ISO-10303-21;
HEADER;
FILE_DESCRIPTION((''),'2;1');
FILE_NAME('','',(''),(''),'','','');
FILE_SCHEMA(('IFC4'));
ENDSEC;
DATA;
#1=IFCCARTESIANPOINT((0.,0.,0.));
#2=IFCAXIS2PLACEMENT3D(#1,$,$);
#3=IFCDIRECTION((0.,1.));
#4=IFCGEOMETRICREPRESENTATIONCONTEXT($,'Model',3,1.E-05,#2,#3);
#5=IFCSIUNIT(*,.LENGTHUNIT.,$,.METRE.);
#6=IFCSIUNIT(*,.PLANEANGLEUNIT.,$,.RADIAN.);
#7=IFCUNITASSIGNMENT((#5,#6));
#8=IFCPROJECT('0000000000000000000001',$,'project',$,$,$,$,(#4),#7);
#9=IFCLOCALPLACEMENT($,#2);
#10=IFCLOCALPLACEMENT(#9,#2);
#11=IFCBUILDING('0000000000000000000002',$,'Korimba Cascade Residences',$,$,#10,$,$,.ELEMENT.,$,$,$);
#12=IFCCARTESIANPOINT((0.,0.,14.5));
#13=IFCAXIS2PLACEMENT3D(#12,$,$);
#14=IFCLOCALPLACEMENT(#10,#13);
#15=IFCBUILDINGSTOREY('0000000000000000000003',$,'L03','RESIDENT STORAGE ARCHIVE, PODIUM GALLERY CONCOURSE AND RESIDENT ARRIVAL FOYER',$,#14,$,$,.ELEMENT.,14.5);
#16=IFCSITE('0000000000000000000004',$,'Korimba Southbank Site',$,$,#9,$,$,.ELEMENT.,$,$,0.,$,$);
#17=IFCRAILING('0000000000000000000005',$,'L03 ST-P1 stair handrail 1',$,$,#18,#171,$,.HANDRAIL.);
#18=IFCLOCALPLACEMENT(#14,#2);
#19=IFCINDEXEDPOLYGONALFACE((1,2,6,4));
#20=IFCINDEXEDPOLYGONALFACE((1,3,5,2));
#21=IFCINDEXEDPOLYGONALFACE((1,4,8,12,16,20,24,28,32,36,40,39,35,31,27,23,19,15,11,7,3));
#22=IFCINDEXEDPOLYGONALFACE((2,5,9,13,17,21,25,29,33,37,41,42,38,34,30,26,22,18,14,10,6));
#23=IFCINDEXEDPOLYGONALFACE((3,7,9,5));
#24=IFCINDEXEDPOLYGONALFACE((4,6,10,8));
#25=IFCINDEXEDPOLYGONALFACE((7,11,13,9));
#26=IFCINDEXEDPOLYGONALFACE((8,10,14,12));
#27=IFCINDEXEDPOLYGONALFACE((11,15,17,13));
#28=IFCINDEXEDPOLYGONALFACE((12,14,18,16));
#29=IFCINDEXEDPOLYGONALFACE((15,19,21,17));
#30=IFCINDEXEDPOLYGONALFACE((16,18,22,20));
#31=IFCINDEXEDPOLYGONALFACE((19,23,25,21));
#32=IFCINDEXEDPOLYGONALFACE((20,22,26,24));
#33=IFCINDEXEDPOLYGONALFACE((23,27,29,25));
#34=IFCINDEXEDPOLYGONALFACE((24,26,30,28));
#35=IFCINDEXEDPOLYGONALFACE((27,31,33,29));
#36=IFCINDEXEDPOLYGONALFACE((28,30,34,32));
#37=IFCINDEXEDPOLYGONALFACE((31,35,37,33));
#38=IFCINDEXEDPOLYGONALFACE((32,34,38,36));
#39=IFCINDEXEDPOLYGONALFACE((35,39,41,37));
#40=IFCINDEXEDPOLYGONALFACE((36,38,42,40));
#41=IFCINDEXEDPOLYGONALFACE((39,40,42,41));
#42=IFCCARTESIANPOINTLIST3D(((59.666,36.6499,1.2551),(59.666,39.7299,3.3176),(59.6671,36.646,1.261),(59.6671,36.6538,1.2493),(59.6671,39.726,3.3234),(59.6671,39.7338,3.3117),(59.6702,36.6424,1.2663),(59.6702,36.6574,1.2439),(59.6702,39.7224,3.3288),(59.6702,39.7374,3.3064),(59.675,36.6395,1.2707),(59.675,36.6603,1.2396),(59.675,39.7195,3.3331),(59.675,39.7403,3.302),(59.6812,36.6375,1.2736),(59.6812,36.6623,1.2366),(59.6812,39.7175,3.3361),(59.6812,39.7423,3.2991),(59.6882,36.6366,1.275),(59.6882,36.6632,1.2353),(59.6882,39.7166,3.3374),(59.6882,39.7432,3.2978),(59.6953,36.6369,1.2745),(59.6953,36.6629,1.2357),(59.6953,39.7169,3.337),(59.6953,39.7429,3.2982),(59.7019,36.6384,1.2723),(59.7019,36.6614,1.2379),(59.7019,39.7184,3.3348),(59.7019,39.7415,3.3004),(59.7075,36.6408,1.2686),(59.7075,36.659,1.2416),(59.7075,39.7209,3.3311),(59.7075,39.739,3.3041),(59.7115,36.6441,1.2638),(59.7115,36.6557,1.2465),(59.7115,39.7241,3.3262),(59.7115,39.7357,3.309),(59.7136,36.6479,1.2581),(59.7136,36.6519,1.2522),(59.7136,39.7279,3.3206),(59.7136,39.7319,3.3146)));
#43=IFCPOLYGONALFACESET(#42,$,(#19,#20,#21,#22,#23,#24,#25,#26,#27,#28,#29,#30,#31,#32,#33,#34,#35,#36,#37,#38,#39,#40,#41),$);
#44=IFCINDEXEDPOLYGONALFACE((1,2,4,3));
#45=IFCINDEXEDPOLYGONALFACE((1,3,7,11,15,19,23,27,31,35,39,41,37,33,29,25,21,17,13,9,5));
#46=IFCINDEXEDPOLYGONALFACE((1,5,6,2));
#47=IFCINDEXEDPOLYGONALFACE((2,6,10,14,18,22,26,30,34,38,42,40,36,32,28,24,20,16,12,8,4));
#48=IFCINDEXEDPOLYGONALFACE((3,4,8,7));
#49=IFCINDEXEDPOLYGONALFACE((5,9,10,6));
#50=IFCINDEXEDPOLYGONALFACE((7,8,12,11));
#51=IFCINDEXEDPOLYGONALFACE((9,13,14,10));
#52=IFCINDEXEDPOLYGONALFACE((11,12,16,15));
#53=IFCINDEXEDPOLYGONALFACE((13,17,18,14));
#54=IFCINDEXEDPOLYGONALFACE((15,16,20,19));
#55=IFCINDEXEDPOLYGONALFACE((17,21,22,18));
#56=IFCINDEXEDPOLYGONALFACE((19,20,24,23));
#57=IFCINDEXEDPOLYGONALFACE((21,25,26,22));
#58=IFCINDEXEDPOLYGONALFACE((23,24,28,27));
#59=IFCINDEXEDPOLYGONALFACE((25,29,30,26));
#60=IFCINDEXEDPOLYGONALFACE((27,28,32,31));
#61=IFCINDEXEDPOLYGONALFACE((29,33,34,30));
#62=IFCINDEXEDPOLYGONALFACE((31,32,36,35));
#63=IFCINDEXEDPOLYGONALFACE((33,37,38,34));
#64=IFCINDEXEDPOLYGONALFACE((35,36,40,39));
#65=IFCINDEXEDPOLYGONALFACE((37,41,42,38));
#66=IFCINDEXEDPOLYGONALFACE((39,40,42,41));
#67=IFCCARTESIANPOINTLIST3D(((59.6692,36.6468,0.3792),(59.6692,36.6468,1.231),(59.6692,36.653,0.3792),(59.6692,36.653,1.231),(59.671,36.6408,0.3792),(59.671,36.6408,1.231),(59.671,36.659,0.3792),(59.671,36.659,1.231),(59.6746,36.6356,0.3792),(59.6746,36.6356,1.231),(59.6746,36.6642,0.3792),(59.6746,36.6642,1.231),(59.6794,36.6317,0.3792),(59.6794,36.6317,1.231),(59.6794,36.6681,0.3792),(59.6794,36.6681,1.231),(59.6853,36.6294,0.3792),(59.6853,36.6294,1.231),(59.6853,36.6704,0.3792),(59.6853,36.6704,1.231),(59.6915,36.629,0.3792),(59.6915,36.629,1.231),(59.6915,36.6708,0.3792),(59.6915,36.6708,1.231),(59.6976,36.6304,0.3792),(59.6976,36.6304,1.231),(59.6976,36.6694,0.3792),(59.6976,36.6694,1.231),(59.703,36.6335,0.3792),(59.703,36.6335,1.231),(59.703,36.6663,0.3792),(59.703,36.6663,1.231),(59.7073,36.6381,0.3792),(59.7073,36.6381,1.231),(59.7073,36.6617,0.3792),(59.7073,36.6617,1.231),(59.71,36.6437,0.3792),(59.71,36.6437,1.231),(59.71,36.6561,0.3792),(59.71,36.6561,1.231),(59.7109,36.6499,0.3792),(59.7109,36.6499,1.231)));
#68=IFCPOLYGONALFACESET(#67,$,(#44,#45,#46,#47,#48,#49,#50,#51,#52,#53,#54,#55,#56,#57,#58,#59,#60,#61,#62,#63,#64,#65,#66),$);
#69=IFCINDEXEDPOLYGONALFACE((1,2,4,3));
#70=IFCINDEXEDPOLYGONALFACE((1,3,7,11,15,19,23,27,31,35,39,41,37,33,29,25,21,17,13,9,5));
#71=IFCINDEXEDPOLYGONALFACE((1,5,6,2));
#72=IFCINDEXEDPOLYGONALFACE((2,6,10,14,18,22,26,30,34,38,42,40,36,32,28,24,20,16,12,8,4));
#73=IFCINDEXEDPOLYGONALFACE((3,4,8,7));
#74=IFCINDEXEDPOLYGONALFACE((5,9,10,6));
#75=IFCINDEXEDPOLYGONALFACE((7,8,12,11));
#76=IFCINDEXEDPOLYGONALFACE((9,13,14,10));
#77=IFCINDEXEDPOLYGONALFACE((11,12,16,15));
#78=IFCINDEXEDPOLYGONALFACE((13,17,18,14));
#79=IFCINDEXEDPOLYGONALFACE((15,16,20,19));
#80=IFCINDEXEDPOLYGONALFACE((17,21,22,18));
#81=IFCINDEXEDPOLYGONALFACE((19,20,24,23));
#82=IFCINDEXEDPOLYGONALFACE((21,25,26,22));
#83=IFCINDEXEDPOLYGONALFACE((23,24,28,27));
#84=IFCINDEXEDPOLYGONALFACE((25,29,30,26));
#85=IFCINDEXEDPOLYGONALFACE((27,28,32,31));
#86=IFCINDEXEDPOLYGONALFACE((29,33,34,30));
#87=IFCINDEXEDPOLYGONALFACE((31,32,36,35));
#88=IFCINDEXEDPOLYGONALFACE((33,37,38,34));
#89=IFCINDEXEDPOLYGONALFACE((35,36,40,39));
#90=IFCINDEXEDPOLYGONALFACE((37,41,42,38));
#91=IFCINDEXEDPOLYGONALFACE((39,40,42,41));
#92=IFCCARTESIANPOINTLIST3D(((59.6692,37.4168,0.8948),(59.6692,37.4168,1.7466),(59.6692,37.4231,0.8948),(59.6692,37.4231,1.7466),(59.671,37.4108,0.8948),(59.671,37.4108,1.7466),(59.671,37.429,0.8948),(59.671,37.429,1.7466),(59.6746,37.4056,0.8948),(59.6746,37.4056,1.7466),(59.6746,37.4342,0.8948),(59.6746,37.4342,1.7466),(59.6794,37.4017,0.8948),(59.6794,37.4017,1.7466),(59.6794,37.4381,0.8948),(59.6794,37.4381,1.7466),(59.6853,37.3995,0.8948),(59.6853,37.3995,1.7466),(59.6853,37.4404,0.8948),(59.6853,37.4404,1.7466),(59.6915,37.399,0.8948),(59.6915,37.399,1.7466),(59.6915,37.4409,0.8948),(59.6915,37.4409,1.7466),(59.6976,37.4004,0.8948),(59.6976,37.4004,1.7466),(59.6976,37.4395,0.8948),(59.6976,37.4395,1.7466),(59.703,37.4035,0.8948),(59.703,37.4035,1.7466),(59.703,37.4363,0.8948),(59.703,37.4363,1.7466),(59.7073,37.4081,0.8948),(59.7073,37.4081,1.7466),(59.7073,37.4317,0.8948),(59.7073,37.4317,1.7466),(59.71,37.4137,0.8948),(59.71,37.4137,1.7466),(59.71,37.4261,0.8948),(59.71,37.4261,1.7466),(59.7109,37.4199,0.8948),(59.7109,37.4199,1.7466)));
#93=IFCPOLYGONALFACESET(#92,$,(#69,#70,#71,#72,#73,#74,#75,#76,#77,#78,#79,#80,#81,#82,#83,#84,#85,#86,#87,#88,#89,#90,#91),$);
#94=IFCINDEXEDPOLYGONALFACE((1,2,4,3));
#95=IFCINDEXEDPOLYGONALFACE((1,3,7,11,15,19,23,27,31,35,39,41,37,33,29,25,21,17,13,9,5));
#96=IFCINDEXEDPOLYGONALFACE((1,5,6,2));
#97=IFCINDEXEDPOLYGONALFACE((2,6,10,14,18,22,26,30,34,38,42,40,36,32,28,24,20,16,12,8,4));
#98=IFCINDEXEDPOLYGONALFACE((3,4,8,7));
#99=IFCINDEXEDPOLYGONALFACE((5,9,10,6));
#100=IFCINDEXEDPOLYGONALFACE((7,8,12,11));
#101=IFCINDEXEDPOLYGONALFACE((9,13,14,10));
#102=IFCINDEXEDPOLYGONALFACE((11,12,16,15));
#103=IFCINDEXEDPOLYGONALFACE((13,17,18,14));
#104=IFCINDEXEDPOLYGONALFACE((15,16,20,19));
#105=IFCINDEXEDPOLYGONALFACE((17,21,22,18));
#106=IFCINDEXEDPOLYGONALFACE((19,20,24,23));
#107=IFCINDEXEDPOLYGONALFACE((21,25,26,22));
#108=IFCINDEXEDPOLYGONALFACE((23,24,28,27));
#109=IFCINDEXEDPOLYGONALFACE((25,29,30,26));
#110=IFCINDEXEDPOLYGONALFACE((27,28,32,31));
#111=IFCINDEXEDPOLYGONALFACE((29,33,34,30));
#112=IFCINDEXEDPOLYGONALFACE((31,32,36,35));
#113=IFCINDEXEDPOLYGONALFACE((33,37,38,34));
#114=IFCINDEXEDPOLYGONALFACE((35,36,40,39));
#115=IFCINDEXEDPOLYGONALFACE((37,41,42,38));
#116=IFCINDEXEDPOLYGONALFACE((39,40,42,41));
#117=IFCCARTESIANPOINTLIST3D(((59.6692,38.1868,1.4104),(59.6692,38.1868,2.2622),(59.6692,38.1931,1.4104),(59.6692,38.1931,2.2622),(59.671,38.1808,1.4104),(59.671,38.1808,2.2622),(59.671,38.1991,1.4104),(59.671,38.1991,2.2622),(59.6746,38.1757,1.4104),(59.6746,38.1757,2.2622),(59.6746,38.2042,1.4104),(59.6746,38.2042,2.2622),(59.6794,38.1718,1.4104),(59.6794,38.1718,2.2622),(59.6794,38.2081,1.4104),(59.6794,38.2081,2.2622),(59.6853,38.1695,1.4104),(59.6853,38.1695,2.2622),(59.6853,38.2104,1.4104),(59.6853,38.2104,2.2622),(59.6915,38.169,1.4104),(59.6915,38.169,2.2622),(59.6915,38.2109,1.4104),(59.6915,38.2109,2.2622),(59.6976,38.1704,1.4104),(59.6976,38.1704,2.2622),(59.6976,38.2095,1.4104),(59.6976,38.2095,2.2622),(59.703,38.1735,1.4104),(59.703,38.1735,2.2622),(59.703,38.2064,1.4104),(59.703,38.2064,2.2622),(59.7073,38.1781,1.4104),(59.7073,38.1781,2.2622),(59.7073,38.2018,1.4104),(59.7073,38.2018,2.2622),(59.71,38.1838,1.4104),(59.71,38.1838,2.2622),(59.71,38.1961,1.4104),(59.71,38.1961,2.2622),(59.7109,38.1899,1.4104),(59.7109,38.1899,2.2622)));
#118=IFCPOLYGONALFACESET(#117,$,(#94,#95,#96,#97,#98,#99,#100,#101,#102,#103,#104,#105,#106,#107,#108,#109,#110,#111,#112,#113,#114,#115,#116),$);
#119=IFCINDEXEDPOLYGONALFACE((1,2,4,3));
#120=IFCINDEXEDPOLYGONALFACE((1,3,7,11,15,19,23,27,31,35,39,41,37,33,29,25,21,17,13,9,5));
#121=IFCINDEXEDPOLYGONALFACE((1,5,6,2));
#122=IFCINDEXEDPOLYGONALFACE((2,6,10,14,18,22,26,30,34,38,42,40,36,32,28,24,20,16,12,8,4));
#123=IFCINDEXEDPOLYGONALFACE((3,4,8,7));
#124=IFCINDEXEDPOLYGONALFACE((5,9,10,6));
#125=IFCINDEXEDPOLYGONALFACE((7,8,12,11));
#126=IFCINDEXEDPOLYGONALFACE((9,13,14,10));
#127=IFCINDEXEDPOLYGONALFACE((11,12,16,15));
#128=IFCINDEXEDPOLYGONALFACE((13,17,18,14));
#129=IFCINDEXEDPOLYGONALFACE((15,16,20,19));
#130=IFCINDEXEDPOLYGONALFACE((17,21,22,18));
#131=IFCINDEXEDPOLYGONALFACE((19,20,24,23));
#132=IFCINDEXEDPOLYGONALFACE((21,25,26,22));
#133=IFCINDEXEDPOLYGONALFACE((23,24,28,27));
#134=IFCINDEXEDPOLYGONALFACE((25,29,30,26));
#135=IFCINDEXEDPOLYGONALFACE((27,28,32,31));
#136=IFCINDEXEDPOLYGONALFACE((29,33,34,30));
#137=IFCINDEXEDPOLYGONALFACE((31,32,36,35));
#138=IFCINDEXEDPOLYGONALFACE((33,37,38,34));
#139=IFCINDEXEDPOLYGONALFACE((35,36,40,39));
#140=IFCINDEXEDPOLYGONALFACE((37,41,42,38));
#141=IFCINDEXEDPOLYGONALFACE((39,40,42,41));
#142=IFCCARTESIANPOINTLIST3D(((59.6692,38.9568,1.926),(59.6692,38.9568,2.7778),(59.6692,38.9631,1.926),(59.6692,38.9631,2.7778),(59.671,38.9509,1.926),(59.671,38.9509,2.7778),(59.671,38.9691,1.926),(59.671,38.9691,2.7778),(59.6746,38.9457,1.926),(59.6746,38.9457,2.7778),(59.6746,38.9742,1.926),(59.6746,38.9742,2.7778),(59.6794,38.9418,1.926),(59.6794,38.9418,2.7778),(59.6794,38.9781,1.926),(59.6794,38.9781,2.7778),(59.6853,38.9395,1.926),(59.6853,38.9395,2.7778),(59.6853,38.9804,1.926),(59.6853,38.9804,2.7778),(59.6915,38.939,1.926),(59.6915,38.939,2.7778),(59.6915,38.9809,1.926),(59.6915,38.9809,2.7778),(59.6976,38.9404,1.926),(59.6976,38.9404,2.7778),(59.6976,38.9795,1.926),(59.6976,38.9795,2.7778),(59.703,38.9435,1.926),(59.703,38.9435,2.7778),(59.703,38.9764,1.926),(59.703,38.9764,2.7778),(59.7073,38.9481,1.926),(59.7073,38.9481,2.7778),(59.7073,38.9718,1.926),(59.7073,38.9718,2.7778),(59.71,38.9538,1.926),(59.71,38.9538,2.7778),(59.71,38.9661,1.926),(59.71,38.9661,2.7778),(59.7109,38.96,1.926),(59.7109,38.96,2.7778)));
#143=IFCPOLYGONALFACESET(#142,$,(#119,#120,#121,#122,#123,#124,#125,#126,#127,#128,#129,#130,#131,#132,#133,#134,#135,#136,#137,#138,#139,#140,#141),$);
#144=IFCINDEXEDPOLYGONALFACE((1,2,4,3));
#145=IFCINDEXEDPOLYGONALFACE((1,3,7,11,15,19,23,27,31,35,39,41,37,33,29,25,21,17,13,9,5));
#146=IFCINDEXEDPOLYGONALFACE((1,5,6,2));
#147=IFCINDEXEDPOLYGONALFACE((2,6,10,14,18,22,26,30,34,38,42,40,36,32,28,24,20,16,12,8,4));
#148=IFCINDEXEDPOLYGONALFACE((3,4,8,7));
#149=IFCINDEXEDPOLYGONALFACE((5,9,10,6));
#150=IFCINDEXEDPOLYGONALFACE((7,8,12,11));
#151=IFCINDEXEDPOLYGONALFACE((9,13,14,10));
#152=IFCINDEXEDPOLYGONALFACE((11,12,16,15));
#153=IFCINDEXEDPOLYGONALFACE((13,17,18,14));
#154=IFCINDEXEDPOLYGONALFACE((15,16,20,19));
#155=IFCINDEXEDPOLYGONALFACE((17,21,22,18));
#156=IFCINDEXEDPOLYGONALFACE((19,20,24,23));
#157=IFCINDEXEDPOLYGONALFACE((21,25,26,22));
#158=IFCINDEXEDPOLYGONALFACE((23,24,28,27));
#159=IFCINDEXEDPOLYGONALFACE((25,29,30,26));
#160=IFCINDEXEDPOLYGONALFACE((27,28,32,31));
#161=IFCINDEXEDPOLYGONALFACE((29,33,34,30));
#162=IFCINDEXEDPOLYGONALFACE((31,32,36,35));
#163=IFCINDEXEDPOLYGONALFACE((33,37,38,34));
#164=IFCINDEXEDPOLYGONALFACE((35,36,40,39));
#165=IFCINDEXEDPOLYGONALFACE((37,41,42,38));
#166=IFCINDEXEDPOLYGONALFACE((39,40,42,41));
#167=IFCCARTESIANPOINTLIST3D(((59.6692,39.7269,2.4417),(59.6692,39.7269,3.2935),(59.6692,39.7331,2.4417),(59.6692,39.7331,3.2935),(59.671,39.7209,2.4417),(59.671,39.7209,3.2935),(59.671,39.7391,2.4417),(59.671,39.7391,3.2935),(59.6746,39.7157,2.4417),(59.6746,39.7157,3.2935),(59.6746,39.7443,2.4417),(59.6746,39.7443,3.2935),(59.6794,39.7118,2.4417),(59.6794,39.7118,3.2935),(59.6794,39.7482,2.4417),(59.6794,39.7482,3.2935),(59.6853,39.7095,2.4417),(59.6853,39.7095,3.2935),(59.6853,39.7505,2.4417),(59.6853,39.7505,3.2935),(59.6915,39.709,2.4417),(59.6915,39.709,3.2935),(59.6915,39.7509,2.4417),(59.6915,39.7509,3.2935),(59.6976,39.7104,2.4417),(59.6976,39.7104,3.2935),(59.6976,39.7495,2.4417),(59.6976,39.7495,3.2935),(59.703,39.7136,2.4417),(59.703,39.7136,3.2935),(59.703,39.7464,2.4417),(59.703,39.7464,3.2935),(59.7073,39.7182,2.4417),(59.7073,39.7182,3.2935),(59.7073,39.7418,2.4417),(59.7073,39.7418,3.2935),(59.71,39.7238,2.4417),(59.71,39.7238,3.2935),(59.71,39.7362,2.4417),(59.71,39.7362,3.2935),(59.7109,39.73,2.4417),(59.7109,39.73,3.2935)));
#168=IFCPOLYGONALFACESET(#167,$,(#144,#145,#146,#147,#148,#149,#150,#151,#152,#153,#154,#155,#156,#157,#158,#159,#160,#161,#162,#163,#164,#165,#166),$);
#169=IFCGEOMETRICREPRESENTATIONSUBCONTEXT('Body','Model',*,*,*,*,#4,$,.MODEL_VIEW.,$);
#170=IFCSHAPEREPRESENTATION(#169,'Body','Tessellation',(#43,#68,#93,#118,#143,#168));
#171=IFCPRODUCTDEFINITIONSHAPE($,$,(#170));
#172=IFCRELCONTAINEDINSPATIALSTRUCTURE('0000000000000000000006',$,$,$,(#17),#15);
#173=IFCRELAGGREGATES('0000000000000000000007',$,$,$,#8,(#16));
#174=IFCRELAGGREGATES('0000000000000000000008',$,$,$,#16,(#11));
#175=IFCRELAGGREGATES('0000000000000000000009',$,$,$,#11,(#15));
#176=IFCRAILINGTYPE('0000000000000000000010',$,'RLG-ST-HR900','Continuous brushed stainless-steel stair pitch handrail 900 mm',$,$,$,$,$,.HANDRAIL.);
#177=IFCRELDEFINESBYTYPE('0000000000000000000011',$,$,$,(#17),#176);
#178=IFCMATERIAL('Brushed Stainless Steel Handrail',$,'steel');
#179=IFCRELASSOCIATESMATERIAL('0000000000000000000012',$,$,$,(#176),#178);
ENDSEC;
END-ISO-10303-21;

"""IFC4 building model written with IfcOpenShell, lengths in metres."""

from ifc_helpers import new_model, si_unit, direction, frame, origin, origin_2d, place, context, subcontext, project, spatial, circle, extrude, material, type_object, element, save


model = new_model("IFC4")

# Units and contexts
model_context = context("Model", 3, precision=1e-05, world=origin(), true_north=direction((0.0, 1.0)))
body_context = subcontext(model_context, "Body", "Model", "MODEL_VIEW")
ifc_project = project(units=[si_unit("LENGTHUNIT", "METRE"), si_unit("PLANEANGLEUNIT", "RADIAN")], contexts=[model_context])

# Site, building, storey
site_placement = place(None, origin())
site = spatial("IfcSite", under=ifc_project, at=site_placement, Name="Korimba Southbank Site", CompositionType="ELEMENT", RefElevation=0.0)
building_placement = place(site_placement, origin())
building = spatial("IfcBuilding", under=site, at=building_placement, Name="Korimba Cascade Residences", CompositionType="ELEMENT")
storey_placement = place(building_placement, frame((0.0, 0.0, 14.5)))
storey = spatial("IfcBuildingStorey", under=building, at=storey_placement, Name="L03", Description="RESIDENT STORAGE ARCHIVE, PODIUM GALLERY CONCOURSE AND RESIDENT ARRIVAL FOYER", CompositionType="ELEMENT", Elevation=14.5)

# Railing
ifc_material_1 = material(Name="Brushed Stainless Steel Handrail", Category="steel")
railing_type_1 = type_object("IfcRailingType", Name="RLG-ST-HR900", Description="Continuous brushed stainless-steel stair pitch handrail 900 mm", PredefinedType="HANDRAIL", material=ifc_material_1)
railing_1_placement = place(storey_placement, frame((59.6899, 36.6499, 0.3792)))
element("IfcRailing", 1, at=railing_1_placement, inside=storey, type_object=railing_type_1, Name="L03 ST-P1 stair handrail 1", PredefinedType="HANDRAIL", context=body_context, shape_type="SweptSolid", body=[
    extrude(circle(Radius=0.0239, at=origin_2d()), frame((0.0, 0.0, 0.876), z_axis=(0.0, 0.830914, 0.556401), x_axis=(-1.0, 0.0, 0.0)), (0.0, 0.0, 1.0), 3.7068),
    extrude(circle(Radius=0.021, at=origin_2d()), origin(), (0.0, 0.0, 1.0), 0.8518),
    extrude(circle(Radius=0.021, at=origin_2d()), frame((0.0, 0.77, 0.5156)), (0.0, 0.0, 1.0), 0.8518),
    extrude(circle(Radius=0.021, at=origin_2d()), frame((0.0, 1.54, 1.0312)), (0.0, 0.0, 1.0), 0.8518),
    extrude(circle(Radius=0.021, at=origin_2d()), frame((0.0, 2.3101, 1.5469)), (0.0, 0.0, 1.0), 0.8518),
    extrude(circle(Radius=0.021, at=origin_2d()), frame((0.0, 3.0801, 2.0625)), (0.0, 0.0, 1.0), 0.8518),
])

save(model, "model.ifc")
